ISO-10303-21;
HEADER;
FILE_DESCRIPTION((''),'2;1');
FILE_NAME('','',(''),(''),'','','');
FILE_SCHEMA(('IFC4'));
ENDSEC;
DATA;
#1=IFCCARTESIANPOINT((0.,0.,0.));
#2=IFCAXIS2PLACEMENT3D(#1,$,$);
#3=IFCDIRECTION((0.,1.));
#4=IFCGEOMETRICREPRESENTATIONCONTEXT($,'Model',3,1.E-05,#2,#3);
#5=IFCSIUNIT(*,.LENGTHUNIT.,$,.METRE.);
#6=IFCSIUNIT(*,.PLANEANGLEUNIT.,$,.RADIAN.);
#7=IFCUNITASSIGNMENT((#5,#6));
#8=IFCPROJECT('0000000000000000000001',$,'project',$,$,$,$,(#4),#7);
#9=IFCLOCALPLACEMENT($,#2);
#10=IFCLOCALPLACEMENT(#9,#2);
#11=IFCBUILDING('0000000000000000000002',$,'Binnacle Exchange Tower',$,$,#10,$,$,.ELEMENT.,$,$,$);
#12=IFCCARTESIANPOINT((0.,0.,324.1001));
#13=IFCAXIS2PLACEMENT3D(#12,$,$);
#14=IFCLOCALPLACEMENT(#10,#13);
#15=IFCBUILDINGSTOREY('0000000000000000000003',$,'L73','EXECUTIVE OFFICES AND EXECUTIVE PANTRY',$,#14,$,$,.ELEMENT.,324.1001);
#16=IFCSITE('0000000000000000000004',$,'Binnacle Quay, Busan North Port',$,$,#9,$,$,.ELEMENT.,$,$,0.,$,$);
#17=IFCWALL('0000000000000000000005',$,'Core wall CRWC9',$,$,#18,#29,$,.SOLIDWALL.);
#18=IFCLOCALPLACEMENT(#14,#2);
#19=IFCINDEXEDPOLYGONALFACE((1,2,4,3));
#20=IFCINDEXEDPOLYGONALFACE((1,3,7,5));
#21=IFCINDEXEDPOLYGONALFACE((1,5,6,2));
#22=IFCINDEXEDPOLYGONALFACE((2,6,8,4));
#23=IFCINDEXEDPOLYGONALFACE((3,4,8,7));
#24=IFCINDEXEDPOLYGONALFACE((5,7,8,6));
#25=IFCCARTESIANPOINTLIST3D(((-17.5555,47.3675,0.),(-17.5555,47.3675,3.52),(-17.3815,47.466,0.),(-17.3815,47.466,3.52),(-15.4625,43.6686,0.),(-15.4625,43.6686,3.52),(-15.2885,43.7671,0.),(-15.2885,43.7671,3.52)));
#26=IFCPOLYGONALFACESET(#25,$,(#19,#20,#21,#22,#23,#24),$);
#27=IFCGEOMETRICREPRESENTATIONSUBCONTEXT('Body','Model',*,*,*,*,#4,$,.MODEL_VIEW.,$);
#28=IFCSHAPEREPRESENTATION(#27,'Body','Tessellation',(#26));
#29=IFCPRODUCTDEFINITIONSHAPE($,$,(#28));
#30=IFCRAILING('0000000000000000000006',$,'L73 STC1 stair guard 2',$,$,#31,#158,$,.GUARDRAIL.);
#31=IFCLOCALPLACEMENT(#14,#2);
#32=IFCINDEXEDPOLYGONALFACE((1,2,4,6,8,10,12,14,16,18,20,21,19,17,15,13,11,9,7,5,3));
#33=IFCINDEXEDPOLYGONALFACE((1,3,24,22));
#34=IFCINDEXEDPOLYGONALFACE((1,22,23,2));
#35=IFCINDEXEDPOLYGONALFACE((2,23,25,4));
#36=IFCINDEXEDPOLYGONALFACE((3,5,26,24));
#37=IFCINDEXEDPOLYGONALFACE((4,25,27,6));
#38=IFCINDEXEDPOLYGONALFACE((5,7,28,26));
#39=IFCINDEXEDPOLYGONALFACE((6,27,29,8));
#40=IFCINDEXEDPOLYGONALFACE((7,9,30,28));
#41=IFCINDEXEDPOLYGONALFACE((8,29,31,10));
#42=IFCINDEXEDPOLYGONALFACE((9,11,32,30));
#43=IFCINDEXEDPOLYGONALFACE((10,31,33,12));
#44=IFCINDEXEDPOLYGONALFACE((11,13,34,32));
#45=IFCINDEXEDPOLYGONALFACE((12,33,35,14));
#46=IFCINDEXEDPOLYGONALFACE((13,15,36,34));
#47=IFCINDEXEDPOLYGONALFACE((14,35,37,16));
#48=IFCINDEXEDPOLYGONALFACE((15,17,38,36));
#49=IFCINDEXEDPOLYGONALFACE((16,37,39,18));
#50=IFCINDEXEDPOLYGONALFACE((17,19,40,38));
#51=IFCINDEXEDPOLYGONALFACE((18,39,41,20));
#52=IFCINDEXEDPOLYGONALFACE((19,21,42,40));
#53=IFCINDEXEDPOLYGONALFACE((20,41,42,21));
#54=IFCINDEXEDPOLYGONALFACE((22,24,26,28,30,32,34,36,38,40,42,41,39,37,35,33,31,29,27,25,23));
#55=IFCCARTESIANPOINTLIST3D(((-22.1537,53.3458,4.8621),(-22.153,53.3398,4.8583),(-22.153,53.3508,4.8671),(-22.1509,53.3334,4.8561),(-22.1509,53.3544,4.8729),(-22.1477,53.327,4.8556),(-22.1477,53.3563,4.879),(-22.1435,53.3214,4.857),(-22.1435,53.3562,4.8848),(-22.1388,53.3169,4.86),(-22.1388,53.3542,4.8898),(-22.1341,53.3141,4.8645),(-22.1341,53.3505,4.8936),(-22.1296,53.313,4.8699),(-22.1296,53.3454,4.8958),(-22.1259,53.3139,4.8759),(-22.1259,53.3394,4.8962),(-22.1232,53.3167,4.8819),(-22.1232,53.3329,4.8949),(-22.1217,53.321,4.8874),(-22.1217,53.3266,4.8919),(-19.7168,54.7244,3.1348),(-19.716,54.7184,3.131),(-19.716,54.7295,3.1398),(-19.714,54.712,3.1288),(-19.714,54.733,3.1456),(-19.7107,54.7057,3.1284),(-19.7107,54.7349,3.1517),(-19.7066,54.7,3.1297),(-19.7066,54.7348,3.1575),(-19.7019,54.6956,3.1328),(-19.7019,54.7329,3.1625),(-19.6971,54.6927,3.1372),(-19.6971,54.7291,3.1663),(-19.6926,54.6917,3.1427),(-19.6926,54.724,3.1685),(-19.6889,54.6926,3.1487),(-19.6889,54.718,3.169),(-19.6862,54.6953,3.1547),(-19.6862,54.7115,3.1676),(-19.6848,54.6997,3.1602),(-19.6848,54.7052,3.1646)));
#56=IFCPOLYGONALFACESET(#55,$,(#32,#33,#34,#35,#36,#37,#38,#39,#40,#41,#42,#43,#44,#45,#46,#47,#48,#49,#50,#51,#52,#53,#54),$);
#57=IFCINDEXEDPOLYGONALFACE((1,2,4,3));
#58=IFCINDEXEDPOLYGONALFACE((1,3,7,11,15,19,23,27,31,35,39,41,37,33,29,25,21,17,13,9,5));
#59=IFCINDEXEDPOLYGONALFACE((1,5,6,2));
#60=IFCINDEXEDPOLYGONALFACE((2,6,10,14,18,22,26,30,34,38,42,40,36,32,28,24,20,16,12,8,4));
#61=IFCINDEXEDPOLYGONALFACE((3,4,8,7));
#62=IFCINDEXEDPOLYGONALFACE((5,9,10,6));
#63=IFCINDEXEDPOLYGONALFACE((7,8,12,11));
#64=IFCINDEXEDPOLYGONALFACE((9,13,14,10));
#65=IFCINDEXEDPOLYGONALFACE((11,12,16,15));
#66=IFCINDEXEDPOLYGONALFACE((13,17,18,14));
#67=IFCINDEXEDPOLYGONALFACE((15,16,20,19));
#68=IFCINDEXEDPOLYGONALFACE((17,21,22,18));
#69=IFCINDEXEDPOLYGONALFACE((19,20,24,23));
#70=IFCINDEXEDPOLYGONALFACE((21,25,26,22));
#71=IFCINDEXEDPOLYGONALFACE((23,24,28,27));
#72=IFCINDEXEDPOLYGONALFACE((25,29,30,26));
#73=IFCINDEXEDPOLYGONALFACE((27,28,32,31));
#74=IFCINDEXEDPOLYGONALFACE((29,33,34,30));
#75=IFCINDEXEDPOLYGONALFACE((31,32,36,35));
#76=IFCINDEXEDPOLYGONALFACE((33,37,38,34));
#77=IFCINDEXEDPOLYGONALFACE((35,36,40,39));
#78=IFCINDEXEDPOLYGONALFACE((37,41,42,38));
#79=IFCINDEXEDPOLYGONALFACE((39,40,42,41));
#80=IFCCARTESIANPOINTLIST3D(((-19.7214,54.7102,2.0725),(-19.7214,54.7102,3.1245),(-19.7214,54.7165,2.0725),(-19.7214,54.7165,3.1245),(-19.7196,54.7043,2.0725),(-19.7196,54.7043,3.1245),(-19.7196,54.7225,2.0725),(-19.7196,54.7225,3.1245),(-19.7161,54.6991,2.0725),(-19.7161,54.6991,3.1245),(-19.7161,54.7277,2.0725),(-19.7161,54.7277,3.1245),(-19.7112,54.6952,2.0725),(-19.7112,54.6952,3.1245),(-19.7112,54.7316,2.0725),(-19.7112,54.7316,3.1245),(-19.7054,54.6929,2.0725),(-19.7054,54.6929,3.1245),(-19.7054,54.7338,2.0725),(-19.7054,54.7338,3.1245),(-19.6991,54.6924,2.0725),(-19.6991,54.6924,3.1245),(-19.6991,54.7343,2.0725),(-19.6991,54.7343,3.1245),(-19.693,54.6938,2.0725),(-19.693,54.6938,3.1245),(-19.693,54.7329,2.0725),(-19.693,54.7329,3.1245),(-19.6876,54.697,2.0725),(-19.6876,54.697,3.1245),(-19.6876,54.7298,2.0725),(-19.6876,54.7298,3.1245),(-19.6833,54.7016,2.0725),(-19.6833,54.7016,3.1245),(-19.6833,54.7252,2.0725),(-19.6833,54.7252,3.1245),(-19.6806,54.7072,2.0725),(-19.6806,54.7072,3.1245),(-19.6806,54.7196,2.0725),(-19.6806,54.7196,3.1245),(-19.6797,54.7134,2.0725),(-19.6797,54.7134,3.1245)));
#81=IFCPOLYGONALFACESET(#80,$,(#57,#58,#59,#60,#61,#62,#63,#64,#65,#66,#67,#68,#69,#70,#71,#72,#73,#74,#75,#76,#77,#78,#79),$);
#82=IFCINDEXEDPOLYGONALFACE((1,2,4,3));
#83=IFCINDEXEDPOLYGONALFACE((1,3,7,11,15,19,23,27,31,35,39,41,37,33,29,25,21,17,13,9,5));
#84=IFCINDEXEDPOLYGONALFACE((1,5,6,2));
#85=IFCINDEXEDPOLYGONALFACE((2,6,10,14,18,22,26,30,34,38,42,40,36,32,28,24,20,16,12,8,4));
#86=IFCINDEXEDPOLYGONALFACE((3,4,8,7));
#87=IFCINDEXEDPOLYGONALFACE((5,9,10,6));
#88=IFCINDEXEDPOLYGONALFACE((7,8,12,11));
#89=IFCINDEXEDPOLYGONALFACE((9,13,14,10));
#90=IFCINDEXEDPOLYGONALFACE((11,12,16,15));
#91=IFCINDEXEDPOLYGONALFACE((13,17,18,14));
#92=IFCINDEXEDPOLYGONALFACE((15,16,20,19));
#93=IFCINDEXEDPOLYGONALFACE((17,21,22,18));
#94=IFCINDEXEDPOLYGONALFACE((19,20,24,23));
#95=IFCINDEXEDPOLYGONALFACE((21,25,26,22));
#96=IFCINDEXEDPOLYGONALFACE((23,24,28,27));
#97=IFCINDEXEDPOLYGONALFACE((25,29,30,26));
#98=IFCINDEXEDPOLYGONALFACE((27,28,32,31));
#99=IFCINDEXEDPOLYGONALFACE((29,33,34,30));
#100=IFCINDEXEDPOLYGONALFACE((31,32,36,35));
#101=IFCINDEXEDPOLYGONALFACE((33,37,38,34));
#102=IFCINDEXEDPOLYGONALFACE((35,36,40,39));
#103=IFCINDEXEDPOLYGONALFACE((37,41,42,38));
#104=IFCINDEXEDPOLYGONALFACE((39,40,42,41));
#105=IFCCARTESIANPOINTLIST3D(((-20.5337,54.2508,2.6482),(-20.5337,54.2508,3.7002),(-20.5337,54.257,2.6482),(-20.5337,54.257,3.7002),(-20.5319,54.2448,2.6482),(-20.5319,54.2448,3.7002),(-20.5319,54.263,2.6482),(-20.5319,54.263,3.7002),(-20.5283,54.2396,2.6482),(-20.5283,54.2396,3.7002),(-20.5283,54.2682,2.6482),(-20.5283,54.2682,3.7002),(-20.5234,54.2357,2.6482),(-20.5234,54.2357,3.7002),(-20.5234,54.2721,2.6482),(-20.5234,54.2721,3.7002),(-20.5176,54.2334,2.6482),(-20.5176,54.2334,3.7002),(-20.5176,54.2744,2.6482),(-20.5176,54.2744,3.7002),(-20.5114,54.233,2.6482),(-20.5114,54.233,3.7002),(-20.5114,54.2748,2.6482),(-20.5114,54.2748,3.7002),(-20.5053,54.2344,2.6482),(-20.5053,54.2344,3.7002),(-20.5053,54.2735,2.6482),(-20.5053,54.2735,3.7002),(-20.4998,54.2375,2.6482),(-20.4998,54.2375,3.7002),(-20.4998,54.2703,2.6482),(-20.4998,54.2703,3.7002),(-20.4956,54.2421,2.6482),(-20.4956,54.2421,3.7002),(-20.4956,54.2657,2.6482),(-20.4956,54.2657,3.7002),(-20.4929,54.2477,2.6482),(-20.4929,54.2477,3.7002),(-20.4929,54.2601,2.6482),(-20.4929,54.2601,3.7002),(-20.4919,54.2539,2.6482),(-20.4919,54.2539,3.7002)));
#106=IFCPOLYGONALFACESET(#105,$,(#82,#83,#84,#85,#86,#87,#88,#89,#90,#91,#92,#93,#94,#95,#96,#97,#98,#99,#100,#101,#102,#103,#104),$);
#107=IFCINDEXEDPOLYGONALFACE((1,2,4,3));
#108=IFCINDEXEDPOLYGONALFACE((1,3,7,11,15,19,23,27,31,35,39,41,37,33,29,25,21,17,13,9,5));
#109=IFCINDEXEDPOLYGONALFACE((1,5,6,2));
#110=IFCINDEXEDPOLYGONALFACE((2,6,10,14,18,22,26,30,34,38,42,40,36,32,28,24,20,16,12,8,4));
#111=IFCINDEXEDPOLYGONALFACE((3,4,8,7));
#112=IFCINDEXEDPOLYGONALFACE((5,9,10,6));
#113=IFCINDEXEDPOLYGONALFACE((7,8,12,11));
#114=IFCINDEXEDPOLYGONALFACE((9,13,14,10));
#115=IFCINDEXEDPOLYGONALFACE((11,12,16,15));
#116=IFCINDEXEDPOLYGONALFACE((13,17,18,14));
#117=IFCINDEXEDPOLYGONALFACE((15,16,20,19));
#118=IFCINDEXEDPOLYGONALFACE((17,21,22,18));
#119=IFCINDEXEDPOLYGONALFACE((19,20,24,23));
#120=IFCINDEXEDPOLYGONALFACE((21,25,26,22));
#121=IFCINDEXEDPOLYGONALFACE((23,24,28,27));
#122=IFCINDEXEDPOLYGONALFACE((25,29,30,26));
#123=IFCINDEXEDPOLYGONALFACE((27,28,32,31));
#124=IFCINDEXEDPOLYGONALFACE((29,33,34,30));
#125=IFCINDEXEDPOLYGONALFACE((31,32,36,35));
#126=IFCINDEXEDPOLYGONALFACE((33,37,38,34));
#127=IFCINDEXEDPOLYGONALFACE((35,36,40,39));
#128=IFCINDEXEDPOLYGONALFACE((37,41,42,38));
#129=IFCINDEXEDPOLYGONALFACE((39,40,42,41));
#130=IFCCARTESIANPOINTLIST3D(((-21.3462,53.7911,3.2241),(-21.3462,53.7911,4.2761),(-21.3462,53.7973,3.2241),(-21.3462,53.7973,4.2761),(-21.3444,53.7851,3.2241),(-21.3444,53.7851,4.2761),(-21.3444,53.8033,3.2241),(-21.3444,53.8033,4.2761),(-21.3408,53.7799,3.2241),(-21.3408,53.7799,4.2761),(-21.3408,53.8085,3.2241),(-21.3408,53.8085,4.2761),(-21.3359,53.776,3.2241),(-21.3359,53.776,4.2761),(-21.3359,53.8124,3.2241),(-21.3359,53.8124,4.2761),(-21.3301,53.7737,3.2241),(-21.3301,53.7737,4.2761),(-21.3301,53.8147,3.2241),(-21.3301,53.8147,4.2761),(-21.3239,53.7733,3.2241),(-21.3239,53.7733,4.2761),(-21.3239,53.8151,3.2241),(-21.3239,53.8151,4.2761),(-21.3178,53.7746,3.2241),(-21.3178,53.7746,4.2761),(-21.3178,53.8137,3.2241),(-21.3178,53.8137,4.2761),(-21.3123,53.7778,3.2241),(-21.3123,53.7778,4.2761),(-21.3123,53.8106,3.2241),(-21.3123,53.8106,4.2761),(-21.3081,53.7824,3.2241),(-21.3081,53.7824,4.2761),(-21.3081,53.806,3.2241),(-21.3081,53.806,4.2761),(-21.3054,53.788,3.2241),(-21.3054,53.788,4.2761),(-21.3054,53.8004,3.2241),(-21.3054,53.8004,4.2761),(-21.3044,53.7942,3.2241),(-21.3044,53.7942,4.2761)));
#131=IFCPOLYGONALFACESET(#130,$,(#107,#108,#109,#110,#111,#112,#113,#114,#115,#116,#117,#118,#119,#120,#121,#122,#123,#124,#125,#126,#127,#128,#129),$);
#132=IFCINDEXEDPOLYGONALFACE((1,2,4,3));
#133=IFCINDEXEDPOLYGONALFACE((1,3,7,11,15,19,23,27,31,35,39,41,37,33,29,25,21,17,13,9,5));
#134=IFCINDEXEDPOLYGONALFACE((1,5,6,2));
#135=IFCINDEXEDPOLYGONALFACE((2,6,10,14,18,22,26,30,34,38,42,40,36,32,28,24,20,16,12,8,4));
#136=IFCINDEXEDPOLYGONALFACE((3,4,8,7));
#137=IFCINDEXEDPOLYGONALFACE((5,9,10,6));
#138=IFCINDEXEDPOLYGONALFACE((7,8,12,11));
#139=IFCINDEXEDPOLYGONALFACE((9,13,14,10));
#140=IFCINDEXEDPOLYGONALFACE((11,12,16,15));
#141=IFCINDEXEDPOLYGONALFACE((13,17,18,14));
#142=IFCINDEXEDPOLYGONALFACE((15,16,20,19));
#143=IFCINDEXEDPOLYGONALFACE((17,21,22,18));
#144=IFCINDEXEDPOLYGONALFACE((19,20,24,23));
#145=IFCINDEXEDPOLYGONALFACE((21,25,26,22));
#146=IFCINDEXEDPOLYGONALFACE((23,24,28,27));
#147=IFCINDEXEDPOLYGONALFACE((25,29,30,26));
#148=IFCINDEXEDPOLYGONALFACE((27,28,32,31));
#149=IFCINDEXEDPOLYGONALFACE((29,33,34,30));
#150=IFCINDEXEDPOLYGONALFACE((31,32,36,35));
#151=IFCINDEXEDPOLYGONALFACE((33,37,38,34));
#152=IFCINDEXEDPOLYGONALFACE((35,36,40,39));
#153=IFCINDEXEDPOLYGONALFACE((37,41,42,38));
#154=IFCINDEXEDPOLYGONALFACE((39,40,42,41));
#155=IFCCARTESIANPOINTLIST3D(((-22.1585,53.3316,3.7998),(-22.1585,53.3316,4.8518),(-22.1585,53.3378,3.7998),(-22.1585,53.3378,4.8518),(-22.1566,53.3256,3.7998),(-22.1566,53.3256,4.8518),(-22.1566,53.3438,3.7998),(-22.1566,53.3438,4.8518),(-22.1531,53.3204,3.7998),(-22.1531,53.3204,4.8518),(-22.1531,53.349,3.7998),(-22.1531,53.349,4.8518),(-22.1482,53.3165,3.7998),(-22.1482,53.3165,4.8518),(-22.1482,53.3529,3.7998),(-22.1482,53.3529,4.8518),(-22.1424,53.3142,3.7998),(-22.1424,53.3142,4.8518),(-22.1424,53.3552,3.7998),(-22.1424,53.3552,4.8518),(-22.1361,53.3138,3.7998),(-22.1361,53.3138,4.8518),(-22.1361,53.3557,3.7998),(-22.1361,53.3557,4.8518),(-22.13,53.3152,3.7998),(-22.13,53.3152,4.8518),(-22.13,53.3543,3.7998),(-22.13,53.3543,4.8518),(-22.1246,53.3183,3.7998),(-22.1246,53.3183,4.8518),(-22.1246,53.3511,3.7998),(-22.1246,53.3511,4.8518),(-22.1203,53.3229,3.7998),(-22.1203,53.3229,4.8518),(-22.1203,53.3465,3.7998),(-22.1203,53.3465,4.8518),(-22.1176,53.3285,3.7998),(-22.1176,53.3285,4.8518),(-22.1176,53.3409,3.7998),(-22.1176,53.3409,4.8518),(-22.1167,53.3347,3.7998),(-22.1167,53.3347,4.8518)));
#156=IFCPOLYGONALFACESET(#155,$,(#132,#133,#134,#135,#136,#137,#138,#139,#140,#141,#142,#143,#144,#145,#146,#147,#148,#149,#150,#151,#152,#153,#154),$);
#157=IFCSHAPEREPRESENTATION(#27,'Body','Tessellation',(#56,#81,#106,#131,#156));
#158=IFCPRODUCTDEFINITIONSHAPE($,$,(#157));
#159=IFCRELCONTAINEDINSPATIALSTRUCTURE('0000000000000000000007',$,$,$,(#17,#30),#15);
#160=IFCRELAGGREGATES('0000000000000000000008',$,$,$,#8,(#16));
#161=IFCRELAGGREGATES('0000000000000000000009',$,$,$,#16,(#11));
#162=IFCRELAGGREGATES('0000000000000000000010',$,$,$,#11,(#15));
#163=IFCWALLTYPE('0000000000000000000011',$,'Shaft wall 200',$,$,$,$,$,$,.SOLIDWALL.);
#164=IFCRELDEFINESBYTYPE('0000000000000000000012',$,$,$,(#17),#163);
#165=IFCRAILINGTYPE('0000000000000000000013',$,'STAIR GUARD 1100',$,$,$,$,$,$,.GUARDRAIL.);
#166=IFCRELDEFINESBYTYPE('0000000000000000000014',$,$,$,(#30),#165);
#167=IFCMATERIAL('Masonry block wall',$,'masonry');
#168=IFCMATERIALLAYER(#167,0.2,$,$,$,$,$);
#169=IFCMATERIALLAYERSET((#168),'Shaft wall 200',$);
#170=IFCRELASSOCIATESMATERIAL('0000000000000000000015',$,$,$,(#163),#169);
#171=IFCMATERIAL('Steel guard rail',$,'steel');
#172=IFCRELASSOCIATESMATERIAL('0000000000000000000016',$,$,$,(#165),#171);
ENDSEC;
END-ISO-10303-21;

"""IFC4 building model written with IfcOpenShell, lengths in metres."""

from ifc_helpers import new_model, si_unit, direction, frame, frame_2d, origin, origin_2d, place, context, subcontext, project, spatial, rectangle, circle, extrude, material, layer, layer_set, type_object, element, save


model = new_model("IFC4")

# Units and contexts
model_context = context("Model", 3, precision=1e-05, world=origin(), true_north=direction((0.0, 1.0)))
body_context = subcontext(model_context, "Body", "Model", "MODEL_VIEW")
ifc_project = project(units=[si_unit("LENGTHUNIT", "METRE"), si_unit("PLANEANGLEUNIT", "RADIAN")], contexts=[model_context])

# Site, building, storey
site_placement = place(None, origin())
site = spatial("IfcSite", under=ifc_project, at=site_placement, Name="Binnacle Quay, Busan North Port", CompositionType="ELEMENT", RefElevation=0.0)
building_placement = place(site_placement, origin())
building = spatial("IfcBuilding", under=site, at=building_placement, Name="Binnacle Exchange Tower", CompositionType="ELEMENT")
storey_placement = place(building_placement, frame((0.0, 0.0, 324.1001)))
storey = spatial("IfcBuildingStorey", under=building, at=storey_placement, Name="L73", Description="EXECUTIVE OFFICES AND EXECUTIVE PANTRY", CompositionType="ELEMENT", Elevation=324.1001)

# Shared definitions
ifc_material_1 = material(Name="Masonry block wall", Category="masonry")

# Wall
ifc_layer_1 = layer(ifc_material_1, 0.2)
ifc_layer_set_1 = layer_set([ifc_layer_1], Name="Shaft wall 200")
wall_type_1 = type_object("IfcWallType", Name="Shaft wall 200", PredefinedType="SOLIDWALL", material=ifc_layer_set_1)
wall_1_placement = place(storey_placement, frame((-17.4685, 47.4167, 0.0), z_axis=(0.0, 0.0, 1.0), x_axis=(0.492466, -0.870332, 0.0)))
element("IfcWall", 1, at=wall_1_placement, inside=storey, type_object=wall_type_1, Name="Core wall CRWC9", PredefinedType="SOLIDWALL", context=body_context, shape_type="SweptSolid", body=[
    extrude(rectangle(XDim=4.25, YDim=0.2, at=frame_2d((2.125, 0.0))), origin(), (0.0, 0.0, 1.0), 3.52),
])

# Railing
ifc_material_2 = material(Name="Steel guard rail", Category="steel")
railing_type = type_object("IfcRailingType", Name="STAIR GUARD 1100", PredefinedType="GUARDRAIL", material=ifc_material_2)
railing_placement = place(storey_placement, frame((-19.7007, 54.7134, 2.0725)))
element("IfcRailing", 2, at=railing_placement, inside=storey, type_object=railing_type, Name="L73 STC1 stair guard 2", PredefinedType="GUARDRAIL", context=body_context, shape_type="SweptSolid", body=[
    extrude(circle(Radius=0.0239, at=origin_2d()), frame((0.0, 0.0, 1.0762), z_axis=(-0.740761, -0.419062, 0.525033), x_axis=(0.492388, -0.870376, 0.0)), (0.0, 0.0, 1.0), 3.2898),
    extrude(circle(Radius=0.021, at=origin_2d()), origin(), (0.0, 0.0, 1.0), 1.052),
    extrude(circle(Radius=0.021, at=origin_2d()), frame((-0.8123, -0.4595, 0.5757)), (0.0, 0.0, 1.0), 1.052),
    extrude(circle(Radius=0.021, at=origin_2d()), frame((-1.6248, -0.9192, 1.1516)), (0.0, 0.0, 1.0), 1.052),
    extrude(circle(Radius=0.021, at=origin_2d()), frame((-2.437, -1.3787, 1.7273)), (0.0, 0.0, 1.0), 1.052),
])

save(model, "model.ifc")
